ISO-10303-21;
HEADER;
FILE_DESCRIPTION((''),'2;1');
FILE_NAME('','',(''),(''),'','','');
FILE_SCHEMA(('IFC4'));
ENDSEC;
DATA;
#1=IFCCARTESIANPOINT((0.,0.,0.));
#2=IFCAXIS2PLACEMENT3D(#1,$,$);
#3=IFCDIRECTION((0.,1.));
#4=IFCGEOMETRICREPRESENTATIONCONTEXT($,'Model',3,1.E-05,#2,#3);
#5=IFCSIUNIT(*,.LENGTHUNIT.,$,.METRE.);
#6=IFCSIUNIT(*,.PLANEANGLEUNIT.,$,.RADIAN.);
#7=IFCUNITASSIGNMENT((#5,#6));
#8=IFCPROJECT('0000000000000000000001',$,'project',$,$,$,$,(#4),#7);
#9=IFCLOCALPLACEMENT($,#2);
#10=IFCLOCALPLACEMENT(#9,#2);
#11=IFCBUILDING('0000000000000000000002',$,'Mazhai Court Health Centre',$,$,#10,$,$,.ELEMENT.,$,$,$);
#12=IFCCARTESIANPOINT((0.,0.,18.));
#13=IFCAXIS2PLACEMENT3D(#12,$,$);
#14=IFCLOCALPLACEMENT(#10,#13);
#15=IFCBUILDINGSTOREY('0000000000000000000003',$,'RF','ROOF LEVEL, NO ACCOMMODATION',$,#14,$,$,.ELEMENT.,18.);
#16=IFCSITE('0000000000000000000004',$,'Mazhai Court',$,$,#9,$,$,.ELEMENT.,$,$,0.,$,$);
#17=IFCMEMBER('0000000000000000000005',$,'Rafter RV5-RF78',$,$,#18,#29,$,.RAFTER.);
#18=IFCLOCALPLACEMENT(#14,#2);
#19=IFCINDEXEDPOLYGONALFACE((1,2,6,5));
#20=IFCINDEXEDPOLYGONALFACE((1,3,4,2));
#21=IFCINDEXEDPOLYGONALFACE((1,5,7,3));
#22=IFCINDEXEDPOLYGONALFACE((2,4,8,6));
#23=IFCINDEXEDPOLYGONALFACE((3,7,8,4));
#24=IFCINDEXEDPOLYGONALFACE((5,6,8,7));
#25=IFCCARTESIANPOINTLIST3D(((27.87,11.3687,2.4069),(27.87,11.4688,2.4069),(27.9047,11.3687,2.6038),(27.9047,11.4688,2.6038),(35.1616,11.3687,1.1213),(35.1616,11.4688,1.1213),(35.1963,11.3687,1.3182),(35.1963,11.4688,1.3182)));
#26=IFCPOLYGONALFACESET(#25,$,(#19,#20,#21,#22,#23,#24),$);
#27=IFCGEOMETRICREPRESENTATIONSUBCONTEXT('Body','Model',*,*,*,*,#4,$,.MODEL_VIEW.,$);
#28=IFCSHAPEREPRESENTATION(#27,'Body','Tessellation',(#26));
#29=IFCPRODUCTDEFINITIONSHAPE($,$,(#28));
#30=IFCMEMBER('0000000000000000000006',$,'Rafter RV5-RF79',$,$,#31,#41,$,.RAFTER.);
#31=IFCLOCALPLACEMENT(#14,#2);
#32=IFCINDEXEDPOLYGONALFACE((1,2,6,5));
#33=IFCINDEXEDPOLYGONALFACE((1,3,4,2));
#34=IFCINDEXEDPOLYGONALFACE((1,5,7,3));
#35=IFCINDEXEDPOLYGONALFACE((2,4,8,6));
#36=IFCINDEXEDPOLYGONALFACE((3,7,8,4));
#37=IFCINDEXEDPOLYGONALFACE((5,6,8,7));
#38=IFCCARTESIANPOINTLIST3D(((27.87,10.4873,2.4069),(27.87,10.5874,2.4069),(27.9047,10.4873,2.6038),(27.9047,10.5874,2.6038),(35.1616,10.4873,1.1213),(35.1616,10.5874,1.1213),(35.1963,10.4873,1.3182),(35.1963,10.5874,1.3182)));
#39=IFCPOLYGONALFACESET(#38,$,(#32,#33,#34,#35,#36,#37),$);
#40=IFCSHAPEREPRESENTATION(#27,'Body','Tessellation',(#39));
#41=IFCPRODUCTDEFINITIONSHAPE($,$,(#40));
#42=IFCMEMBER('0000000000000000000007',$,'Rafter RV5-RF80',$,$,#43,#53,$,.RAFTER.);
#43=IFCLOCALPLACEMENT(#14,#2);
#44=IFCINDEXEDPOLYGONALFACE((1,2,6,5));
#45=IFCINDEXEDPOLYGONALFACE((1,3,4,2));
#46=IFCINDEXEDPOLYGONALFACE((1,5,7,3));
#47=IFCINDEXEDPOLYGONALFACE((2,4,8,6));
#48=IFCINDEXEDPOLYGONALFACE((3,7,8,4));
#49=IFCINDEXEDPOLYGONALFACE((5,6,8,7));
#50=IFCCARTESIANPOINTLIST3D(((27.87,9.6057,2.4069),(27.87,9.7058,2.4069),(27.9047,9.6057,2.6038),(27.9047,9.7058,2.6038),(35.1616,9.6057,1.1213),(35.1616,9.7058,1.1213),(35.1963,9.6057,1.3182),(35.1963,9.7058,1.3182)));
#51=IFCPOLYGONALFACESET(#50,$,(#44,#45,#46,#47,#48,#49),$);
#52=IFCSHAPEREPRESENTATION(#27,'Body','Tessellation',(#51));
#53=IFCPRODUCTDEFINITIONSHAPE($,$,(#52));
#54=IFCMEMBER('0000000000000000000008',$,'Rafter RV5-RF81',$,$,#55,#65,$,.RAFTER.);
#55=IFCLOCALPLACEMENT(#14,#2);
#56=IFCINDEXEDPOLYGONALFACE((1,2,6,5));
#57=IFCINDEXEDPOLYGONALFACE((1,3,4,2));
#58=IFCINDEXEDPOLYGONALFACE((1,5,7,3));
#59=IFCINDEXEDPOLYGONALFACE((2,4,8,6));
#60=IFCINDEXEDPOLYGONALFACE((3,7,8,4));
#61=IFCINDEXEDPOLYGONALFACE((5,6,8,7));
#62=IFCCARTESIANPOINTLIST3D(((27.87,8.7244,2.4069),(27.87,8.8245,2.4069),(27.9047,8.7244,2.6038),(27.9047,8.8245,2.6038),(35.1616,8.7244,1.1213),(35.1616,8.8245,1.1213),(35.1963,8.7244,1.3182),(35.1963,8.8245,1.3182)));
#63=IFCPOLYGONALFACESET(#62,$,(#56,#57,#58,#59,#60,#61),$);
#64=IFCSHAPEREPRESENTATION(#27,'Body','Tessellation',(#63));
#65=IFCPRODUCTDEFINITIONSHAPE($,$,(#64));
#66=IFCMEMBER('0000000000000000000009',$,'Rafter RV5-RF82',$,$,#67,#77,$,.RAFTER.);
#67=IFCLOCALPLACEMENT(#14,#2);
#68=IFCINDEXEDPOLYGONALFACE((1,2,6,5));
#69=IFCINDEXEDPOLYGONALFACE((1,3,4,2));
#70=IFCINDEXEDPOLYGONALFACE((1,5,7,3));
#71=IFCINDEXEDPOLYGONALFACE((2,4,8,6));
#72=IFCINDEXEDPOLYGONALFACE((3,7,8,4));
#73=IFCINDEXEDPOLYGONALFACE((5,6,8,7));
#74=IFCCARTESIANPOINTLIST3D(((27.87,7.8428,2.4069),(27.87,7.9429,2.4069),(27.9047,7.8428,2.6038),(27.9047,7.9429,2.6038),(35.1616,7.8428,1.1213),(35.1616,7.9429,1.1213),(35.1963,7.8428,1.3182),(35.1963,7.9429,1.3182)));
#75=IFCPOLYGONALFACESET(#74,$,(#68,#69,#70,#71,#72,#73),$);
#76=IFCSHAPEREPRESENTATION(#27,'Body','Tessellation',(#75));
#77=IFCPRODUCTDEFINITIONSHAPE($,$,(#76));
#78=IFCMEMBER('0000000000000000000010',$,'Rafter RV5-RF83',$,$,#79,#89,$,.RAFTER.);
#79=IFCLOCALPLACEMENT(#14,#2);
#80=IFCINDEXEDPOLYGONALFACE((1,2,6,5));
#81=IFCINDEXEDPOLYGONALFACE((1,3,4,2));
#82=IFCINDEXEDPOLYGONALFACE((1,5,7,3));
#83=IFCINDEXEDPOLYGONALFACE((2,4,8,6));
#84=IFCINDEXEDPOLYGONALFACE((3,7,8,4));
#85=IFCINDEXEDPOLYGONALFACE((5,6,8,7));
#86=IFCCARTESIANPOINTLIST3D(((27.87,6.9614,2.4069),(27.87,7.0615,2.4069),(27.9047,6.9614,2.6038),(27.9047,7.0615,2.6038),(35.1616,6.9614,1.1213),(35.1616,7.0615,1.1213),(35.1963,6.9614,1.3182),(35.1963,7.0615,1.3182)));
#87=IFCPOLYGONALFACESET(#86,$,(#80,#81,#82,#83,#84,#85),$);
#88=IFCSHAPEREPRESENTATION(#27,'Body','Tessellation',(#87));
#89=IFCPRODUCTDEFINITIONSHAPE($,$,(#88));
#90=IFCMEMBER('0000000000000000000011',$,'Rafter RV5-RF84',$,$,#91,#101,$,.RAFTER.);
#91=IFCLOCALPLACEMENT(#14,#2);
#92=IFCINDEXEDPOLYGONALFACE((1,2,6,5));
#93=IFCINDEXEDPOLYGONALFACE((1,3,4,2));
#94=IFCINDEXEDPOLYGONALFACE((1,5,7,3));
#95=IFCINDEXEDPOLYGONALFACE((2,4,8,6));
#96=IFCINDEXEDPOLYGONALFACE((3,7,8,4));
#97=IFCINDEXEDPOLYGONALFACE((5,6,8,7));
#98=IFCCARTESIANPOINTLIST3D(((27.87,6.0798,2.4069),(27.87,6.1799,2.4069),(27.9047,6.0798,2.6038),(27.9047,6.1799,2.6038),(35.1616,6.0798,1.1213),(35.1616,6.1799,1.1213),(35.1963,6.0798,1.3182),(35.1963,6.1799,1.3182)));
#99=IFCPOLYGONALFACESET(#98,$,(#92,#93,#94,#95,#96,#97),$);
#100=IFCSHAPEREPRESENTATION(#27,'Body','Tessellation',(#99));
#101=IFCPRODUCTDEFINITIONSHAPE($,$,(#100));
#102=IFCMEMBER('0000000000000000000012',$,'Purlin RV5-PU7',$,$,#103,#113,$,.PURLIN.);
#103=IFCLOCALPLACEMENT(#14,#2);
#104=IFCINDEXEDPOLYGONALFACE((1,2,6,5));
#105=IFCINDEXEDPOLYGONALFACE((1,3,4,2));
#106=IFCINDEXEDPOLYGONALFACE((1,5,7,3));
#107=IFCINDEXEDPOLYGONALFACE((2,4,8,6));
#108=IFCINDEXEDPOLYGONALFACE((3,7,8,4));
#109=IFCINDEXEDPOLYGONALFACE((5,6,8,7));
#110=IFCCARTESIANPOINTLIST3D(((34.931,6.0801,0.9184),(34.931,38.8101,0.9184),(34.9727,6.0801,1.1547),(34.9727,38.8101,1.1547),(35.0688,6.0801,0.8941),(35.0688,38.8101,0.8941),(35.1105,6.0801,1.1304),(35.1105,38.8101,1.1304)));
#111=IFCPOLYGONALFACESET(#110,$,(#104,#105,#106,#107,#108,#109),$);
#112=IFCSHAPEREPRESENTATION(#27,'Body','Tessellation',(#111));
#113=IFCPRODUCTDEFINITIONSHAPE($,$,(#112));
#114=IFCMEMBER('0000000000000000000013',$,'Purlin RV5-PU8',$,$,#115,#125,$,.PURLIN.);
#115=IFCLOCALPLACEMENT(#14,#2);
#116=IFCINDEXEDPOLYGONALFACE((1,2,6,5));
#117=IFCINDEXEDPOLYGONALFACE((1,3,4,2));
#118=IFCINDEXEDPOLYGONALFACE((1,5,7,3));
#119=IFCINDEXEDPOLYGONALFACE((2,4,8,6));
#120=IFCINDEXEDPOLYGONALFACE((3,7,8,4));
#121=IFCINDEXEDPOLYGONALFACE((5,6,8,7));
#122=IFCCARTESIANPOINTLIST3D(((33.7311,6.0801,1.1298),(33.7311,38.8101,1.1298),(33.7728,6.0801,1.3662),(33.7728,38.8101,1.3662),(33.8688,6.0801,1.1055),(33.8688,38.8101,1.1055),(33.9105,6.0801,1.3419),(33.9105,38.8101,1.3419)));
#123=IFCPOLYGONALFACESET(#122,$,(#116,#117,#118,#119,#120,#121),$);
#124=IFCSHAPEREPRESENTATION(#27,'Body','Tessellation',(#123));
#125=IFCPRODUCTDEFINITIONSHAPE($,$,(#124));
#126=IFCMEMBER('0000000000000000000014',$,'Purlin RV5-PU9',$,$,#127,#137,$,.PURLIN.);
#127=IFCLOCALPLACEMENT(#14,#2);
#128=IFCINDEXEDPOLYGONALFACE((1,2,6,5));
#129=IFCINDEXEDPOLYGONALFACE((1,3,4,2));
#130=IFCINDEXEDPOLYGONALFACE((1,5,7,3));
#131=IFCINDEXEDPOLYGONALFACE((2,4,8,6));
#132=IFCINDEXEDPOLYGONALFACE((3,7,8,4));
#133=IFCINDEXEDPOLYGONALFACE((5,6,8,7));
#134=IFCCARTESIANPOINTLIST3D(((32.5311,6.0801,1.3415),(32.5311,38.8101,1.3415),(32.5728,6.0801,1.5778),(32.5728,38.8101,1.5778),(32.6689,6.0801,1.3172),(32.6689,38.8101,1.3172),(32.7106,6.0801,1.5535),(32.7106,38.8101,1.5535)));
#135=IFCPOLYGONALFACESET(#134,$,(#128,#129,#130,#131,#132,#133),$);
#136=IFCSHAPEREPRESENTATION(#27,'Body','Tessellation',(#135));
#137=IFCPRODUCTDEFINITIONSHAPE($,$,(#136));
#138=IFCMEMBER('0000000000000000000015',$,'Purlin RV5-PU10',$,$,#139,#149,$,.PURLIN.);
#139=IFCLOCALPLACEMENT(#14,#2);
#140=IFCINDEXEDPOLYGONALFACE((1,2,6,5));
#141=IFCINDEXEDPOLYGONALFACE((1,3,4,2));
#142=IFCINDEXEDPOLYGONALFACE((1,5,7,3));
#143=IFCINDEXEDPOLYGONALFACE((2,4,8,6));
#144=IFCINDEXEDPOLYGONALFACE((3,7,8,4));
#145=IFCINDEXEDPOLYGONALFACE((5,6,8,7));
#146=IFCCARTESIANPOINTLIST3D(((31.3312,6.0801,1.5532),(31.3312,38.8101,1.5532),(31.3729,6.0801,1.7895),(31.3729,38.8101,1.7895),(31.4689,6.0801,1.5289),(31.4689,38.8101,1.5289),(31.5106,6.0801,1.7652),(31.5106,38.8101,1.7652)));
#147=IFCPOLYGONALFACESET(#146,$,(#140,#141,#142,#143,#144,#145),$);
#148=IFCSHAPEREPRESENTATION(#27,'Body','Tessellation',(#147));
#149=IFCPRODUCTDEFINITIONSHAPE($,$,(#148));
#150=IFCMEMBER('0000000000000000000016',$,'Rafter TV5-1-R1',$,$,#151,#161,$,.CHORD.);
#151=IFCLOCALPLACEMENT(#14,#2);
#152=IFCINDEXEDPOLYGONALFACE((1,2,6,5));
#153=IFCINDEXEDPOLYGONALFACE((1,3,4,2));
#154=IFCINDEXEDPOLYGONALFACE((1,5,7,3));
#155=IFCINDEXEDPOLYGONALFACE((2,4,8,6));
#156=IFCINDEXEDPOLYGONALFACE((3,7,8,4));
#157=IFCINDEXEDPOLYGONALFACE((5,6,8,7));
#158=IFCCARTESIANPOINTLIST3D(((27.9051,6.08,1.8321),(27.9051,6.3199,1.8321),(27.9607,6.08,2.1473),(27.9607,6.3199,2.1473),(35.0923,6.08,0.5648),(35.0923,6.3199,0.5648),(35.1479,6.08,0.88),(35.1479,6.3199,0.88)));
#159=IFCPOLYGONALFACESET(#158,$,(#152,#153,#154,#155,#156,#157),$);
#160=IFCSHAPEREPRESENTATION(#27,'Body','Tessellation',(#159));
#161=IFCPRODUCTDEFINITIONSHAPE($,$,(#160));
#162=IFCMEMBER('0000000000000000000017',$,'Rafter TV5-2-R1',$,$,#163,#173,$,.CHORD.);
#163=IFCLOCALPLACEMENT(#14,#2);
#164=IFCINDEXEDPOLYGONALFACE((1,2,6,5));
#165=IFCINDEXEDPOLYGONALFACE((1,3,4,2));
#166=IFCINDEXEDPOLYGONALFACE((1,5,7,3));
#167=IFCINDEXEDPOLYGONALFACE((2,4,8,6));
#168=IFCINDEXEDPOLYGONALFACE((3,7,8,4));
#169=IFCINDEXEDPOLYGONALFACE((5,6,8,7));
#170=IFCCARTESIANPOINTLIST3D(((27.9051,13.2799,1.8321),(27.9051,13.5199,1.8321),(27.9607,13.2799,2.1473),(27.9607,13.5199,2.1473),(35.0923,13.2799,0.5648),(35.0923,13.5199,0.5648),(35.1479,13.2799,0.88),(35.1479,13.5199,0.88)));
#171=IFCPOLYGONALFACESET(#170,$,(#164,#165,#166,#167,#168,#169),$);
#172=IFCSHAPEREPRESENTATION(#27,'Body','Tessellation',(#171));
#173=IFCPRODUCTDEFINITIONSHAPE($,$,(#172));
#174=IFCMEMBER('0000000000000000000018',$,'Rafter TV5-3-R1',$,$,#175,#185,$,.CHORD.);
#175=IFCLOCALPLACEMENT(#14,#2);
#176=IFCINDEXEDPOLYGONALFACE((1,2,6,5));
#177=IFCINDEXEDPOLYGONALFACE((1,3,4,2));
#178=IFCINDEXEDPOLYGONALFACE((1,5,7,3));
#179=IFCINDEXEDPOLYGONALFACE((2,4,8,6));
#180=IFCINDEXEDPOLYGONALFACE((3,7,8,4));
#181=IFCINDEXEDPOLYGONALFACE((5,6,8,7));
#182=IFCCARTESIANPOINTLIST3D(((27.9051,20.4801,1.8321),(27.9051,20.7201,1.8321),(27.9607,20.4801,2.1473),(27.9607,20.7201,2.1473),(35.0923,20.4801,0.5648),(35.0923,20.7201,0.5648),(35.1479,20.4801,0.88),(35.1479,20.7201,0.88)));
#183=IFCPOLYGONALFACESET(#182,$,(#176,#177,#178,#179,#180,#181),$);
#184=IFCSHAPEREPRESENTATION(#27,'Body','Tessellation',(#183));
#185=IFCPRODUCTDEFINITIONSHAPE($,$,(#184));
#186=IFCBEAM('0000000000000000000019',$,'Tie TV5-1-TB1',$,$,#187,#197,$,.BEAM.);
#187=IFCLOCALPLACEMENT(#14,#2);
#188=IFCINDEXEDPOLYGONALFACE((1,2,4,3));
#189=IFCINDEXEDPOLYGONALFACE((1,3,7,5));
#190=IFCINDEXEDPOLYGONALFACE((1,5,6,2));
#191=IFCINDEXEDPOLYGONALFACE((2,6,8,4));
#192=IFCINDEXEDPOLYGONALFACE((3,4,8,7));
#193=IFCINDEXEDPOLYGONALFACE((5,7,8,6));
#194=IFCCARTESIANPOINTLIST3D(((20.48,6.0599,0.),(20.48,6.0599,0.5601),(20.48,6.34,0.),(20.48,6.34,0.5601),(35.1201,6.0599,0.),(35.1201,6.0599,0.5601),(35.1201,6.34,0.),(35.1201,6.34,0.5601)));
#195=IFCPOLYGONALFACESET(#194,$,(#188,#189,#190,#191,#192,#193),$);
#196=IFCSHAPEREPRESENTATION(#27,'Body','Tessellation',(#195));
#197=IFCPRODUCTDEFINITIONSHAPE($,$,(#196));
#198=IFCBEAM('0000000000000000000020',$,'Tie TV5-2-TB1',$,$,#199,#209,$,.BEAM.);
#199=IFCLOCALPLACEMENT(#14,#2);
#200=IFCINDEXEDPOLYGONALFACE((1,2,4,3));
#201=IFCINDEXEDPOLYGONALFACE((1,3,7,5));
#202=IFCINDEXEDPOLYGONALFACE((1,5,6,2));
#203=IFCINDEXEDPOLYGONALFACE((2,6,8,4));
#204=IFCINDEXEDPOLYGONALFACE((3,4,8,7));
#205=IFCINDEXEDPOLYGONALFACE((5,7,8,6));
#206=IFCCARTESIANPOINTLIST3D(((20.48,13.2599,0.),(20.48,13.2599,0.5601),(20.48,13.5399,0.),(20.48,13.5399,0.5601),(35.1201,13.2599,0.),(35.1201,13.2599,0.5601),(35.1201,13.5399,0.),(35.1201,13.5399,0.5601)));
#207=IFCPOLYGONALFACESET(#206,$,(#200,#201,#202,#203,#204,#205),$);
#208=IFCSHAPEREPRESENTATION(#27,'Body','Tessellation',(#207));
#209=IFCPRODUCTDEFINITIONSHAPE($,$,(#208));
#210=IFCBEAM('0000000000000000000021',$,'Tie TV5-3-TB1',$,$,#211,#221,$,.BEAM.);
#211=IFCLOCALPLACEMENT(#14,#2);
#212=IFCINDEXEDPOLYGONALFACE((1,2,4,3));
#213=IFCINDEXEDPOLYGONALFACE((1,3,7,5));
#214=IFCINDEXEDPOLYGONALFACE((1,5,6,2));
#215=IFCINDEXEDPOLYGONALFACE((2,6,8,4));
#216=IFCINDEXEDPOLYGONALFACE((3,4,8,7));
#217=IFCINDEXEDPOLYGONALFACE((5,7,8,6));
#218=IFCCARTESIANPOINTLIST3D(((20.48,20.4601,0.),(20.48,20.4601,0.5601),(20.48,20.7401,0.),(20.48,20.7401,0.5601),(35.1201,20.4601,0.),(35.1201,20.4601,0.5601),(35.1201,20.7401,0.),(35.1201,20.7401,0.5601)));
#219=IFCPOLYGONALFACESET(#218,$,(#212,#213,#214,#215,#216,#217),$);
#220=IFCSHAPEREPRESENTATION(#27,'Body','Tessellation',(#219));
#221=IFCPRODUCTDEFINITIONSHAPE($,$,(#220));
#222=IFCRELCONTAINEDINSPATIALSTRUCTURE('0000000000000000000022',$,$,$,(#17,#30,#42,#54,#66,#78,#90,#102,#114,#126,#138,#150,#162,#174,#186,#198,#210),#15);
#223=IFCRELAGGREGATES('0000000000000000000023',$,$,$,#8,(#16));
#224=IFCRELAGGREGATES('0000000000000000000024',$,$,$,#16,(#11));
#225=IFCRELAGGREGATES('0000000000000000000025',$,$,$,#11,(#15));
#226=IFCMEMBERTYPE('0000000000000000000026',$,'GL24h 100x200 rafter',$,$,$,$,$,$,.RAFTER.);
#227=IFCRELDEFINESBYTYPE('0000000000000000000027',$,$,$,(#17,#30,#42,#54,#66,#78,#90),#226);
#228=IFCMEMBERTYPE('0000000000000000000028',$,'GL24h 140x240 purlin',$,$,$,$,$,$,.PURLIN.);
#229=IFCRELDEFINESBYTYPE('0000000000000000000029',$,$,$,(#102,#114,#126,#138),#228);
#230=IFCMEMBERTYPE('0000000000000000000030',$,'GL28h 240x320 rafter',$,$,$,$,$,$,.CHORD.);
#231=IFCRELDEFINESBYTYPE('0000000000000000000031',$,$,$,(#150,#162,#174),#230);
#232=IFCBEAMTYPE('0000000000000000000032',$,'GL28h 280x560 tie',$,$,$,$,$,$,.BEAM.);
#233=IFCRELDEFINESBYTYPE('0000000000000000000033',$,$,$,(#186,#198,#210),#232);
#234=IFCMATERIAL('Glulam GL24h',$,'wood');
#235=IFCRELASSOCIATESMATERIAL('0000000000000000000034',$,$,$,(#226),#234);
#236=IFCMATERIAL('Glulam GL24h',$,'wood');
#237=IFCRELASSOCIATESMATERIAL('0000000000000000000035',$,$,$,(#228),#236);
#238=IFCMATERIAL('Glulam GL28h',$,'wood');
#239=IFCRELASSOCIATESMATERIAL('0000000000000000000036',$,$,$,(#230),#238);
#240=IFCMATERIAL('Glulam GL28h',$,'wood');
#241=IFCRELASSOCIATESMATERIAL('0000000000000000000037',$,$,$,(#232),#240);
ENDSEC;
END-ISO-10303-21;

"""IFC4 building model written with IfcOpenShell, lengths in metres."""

from ifc_helpers import new_model, si_unit, direction, frame, origin, origin_2d, place, context, subcontext, project, spatial, rectangle, extrude, material, material_profile, profile_set, type_object, element, save


model = new_model("IFC4")

# Units and contexts
model_context = context("Model", 3, precision=1e-05, world=origin(), true_north=direction((0.0, 1.0)))
body_context = subcontext(model_context, "Body", "Model", "MODEL_VIEW")
ifc_project = project(units=[si_unit("LENGTHUNIT", "METRE"), si_unit("PLANEANGLEUNIT", "RADIAN")], contexts=[model_context])

# Site, building, storey
site_placement = place(None, origin())
site = spatial("IfcSite", under=ifc_project, at=site_placement, Name="Mazhai Court", CompositionType="ELEMENT", RefElevation=0.0)
building_placement = place(site_placement, origin())
building = spatial("IfcBuilding", under=site, at=building_placement, Name="Mazhai Court Health Centre", CompositionType="ELEMENT")
storey_placement = place(building_placement, frame((0.0, 0.0, 18.0)))
storey = spatial("IfcBuildingStorey", under=building, at=storey_placement, Name="RF", Description="ROOF LEVEL, NO ACCOMMODATION", CompositionType="ELEMENT", Elevation=18.0)

# Members
ifc_material_1 = material(Name="Glulam GL24h", Category="wood")
ifc_material_profile_1 = material_profile(ifc_material_1, rectangle(XDim=0.1001, YDim=0.2, at=origin_2d()), Name="GL24h 100x200")
ifc_profile_set_1 = profile_set([ifc_material_profile_1], Name="Glulam GL24h")
member_type_1 = type_object("IfcMemberType", Name="GL24h 100x200 rafter", PredefinedType="RAFTER", material=ifc_profile_set_1)
for number, where, z_axis, x_axis, name in (
    (1, (35.179, 11.4187, 1.2197), (-0.984809, 0.0, 0.173642), (0.0, -1.0, 0.0), "Rafter RV5-RF78"),
    (2, (35.179, 10.5374, 1.2197), (-0.984809, 0.0, 0.173642), (0.0, -1.0, 0.0), "Rafter RV5-RF79"),
    (3, (35.179, 9.6558, 1.2197), (-0.984809, 0.0, 0.173642), (0.0, -1.0, 0.0), "Rafter RV5-RF80"),
    (4, (35.179, 8.7744, 1.2197), (-0.984809, 0.0, 0.173642), (0.0, -1.0, 0.0), "Rafter RV5-RF81"),
    (5, (35.179, 7.8928, 1.2197), (-0.984809, 0.0, 0.173642), (0.0, -1.0, 0.0), "Rafter RV5-RF82"),
    (6, (35.179, 7.0115, 1.2197), (-0.984809, 0.0, 0.173642), (0.0, -1.0, 0.0), "Rafter RV5-RF83"),
    (7, (35.179, 6.1299, 1.2197), (-0.984809, 0.0, 0.173642), (0.0, -1.0, 0.0), "Rafter RV5-RF84"),
):
    element("IfcMember", number, at=place(storey_placement, frame(where, z_axis=z_axis, x_axis=x_axis)), inside=storey, type_object=member_type_1, Name=name, PredefinedType="RAFTER", context=body_context, shape_type="SweptSolid", body=[
        extrude(rectangle(XDim=0.1001, YDim=0.2, at=origin_2d()), origin(), (0.0, 0.0, 1.0), 7.4041),
    ])
ifc_material_2 = material(Name="Glulam GL24h", Category="wood")
ifc_material_profile_2 = material_profile(ifc_material_2, rectangle(XDim=0.1399, YDim=0.24, at=origin_2d()), Name="GL24h 140x240")
ifc_profile_set_2 = profile_set([ifc_material_profile_2], Name="Glulam GL24h")
member_type_2 = type_object("IfcMemberType", Name="GL24h 140x240 purlin", PredefinedType="PURLIN", material=ifc_profile_set_2)
for number, where, z_axis, x_axis, name in (
    (8, (35.0208, 6.0801, 1.0244), (0.0, 1.0, 0.0), (-0.984808, 0.0, 0.173648), "Purlin RV5-PU7"),
    (9, (33.8208, 6.0801, 1.2358), (0.0, 1.0, 0.0), (-0.984808, 0.0, 0.173648), "Purlin RV5-PU8"),
    (10, (32.6208, 6.0801, 1.4475), (0.0, 1.0, 0.0), (-0.984808, 0.0, 0.173648), "Purlin RV5-PU9"),
    (11, (31.4209, 6.0801, 1.6592), (0.0, 1.0, 0.0), (-0.984808, 0.0, 0.173648), "Purlin RV5-PU10"),
):
    element("IfcMember", number, at=place(storey_placement, frame(where, z_axis=z_axis, x_axis=x_axis)), inside=storey, type_object=member_type_2, Name=name, PredefinedType="PURLIN", context=body_context, shape_type="SweptSolid", body=[
        extrude(rectangle(XDim=0.1399, YDim=0.24, at=origin_2d()), origin(), (0.0, 0.0, 1.0), 32.73),
    ])
ifc_material_3 = material(Name="Glulam GL28h", Category="wood")
ifc_material_profile_3 = material_profile(ifc_material_3, rectangle(XDim=0.24, YDim=0.3201, at=origin_2d()), Name="GL28h 240x320")
ifc_profile_set_3 = profile_set([ifc_material_profile_3], Name="Glulam GL28h")
member_type_3 = type_object("IfcMemberType", Name="GL28h 240x320 rafter", PredefinedType="CHORD", material=ifc_profile_set_3)
for number, where, z_axis, x_axis, name in (
    (12, (35.1201, 6.2, 0.7224), (-0.984807, 0.0, 0.173652), (0.0, -1.0, 0.0), "Rafter TV5-1-R1"),
    (13, (35.1201, 13.3999, 0.7224), (-0.984807, 0.0, 0.173652), (0.0, -1.0, 0.0), "Rafter TV5-2-R1"),
    (14, (35.1201, 20.6001, 0.7224), (-0.984807, 0.0, 0.173652), (0.0, -1.0, 0.0), "Rafter TV5-3-R1"),
):
    element("IfcMember", number, at=place(storey_placement, frame(where, z_axis=z_axis, x_axis=x_axis)), inside=storey, type_object=member_type_3, Name=name, PredefinedType="CHORD", context=body_context, shape_type="SweptSolid", body=[
        extrude(rectangle(XDim=0.24, YDim=0.3201, at=origin_2d()), origin(), (0.0, 0.0, 1.0), 7.2981),
    ])

# Beams
ifc_material_4 = material(Name="Glulam GL28h", Category="wood")
ifc_material_profile_4 = material_profile(ifc_material_4, rectangle(XDim=0.28, YDim=0.5601, at=origin_2d()), Name="GL28h 280x560")
ifc_profile_set_4 = profile_set([ifc_material_profile_4], Name="Glulam GL28h")
beam_type = type_object("IfcBeamType", Name="GL28h 280x560 tie", PredefinedType="BEAM", material=ifc_profile_set_4)
for number, where, z_axis, x_axis, name in (
    (15, (35.1201, 6.2, 0.28), (-1.0, 0.0, 0.0), (0.0, -1.0, 0.0), "Tie TV5-1-TB1"),
    (16, (35.1201, 13.3999, 0.28), (-1.0, 0.0, 0.0), (0.0, -1.0, 0.0), "Tie TV5-2-TB1"),
    (17, (35.1201, 20.6001, 0.28), (-1.0, 0.0, 0.0), (0.0, -1.0, 0.0), "Tie TV5-3-TB1"),
):
    element("IfcBeam", number, at=place(storey_placement, frame(where, z_axis=z_axis, x_axis=x_axis)), inside=storey, type_object=beam_type, Name=name, PredefinedType="BEAM", context=body_context, shape_type="SweptSolid", body=[
        extrude(rectangle(XDim=0.28, YDim=0.5601, at=origin_2d()), origin(), (0.0, 0.0, 1.0), 14.6401),
    ])

save(model, "model.ifc")
